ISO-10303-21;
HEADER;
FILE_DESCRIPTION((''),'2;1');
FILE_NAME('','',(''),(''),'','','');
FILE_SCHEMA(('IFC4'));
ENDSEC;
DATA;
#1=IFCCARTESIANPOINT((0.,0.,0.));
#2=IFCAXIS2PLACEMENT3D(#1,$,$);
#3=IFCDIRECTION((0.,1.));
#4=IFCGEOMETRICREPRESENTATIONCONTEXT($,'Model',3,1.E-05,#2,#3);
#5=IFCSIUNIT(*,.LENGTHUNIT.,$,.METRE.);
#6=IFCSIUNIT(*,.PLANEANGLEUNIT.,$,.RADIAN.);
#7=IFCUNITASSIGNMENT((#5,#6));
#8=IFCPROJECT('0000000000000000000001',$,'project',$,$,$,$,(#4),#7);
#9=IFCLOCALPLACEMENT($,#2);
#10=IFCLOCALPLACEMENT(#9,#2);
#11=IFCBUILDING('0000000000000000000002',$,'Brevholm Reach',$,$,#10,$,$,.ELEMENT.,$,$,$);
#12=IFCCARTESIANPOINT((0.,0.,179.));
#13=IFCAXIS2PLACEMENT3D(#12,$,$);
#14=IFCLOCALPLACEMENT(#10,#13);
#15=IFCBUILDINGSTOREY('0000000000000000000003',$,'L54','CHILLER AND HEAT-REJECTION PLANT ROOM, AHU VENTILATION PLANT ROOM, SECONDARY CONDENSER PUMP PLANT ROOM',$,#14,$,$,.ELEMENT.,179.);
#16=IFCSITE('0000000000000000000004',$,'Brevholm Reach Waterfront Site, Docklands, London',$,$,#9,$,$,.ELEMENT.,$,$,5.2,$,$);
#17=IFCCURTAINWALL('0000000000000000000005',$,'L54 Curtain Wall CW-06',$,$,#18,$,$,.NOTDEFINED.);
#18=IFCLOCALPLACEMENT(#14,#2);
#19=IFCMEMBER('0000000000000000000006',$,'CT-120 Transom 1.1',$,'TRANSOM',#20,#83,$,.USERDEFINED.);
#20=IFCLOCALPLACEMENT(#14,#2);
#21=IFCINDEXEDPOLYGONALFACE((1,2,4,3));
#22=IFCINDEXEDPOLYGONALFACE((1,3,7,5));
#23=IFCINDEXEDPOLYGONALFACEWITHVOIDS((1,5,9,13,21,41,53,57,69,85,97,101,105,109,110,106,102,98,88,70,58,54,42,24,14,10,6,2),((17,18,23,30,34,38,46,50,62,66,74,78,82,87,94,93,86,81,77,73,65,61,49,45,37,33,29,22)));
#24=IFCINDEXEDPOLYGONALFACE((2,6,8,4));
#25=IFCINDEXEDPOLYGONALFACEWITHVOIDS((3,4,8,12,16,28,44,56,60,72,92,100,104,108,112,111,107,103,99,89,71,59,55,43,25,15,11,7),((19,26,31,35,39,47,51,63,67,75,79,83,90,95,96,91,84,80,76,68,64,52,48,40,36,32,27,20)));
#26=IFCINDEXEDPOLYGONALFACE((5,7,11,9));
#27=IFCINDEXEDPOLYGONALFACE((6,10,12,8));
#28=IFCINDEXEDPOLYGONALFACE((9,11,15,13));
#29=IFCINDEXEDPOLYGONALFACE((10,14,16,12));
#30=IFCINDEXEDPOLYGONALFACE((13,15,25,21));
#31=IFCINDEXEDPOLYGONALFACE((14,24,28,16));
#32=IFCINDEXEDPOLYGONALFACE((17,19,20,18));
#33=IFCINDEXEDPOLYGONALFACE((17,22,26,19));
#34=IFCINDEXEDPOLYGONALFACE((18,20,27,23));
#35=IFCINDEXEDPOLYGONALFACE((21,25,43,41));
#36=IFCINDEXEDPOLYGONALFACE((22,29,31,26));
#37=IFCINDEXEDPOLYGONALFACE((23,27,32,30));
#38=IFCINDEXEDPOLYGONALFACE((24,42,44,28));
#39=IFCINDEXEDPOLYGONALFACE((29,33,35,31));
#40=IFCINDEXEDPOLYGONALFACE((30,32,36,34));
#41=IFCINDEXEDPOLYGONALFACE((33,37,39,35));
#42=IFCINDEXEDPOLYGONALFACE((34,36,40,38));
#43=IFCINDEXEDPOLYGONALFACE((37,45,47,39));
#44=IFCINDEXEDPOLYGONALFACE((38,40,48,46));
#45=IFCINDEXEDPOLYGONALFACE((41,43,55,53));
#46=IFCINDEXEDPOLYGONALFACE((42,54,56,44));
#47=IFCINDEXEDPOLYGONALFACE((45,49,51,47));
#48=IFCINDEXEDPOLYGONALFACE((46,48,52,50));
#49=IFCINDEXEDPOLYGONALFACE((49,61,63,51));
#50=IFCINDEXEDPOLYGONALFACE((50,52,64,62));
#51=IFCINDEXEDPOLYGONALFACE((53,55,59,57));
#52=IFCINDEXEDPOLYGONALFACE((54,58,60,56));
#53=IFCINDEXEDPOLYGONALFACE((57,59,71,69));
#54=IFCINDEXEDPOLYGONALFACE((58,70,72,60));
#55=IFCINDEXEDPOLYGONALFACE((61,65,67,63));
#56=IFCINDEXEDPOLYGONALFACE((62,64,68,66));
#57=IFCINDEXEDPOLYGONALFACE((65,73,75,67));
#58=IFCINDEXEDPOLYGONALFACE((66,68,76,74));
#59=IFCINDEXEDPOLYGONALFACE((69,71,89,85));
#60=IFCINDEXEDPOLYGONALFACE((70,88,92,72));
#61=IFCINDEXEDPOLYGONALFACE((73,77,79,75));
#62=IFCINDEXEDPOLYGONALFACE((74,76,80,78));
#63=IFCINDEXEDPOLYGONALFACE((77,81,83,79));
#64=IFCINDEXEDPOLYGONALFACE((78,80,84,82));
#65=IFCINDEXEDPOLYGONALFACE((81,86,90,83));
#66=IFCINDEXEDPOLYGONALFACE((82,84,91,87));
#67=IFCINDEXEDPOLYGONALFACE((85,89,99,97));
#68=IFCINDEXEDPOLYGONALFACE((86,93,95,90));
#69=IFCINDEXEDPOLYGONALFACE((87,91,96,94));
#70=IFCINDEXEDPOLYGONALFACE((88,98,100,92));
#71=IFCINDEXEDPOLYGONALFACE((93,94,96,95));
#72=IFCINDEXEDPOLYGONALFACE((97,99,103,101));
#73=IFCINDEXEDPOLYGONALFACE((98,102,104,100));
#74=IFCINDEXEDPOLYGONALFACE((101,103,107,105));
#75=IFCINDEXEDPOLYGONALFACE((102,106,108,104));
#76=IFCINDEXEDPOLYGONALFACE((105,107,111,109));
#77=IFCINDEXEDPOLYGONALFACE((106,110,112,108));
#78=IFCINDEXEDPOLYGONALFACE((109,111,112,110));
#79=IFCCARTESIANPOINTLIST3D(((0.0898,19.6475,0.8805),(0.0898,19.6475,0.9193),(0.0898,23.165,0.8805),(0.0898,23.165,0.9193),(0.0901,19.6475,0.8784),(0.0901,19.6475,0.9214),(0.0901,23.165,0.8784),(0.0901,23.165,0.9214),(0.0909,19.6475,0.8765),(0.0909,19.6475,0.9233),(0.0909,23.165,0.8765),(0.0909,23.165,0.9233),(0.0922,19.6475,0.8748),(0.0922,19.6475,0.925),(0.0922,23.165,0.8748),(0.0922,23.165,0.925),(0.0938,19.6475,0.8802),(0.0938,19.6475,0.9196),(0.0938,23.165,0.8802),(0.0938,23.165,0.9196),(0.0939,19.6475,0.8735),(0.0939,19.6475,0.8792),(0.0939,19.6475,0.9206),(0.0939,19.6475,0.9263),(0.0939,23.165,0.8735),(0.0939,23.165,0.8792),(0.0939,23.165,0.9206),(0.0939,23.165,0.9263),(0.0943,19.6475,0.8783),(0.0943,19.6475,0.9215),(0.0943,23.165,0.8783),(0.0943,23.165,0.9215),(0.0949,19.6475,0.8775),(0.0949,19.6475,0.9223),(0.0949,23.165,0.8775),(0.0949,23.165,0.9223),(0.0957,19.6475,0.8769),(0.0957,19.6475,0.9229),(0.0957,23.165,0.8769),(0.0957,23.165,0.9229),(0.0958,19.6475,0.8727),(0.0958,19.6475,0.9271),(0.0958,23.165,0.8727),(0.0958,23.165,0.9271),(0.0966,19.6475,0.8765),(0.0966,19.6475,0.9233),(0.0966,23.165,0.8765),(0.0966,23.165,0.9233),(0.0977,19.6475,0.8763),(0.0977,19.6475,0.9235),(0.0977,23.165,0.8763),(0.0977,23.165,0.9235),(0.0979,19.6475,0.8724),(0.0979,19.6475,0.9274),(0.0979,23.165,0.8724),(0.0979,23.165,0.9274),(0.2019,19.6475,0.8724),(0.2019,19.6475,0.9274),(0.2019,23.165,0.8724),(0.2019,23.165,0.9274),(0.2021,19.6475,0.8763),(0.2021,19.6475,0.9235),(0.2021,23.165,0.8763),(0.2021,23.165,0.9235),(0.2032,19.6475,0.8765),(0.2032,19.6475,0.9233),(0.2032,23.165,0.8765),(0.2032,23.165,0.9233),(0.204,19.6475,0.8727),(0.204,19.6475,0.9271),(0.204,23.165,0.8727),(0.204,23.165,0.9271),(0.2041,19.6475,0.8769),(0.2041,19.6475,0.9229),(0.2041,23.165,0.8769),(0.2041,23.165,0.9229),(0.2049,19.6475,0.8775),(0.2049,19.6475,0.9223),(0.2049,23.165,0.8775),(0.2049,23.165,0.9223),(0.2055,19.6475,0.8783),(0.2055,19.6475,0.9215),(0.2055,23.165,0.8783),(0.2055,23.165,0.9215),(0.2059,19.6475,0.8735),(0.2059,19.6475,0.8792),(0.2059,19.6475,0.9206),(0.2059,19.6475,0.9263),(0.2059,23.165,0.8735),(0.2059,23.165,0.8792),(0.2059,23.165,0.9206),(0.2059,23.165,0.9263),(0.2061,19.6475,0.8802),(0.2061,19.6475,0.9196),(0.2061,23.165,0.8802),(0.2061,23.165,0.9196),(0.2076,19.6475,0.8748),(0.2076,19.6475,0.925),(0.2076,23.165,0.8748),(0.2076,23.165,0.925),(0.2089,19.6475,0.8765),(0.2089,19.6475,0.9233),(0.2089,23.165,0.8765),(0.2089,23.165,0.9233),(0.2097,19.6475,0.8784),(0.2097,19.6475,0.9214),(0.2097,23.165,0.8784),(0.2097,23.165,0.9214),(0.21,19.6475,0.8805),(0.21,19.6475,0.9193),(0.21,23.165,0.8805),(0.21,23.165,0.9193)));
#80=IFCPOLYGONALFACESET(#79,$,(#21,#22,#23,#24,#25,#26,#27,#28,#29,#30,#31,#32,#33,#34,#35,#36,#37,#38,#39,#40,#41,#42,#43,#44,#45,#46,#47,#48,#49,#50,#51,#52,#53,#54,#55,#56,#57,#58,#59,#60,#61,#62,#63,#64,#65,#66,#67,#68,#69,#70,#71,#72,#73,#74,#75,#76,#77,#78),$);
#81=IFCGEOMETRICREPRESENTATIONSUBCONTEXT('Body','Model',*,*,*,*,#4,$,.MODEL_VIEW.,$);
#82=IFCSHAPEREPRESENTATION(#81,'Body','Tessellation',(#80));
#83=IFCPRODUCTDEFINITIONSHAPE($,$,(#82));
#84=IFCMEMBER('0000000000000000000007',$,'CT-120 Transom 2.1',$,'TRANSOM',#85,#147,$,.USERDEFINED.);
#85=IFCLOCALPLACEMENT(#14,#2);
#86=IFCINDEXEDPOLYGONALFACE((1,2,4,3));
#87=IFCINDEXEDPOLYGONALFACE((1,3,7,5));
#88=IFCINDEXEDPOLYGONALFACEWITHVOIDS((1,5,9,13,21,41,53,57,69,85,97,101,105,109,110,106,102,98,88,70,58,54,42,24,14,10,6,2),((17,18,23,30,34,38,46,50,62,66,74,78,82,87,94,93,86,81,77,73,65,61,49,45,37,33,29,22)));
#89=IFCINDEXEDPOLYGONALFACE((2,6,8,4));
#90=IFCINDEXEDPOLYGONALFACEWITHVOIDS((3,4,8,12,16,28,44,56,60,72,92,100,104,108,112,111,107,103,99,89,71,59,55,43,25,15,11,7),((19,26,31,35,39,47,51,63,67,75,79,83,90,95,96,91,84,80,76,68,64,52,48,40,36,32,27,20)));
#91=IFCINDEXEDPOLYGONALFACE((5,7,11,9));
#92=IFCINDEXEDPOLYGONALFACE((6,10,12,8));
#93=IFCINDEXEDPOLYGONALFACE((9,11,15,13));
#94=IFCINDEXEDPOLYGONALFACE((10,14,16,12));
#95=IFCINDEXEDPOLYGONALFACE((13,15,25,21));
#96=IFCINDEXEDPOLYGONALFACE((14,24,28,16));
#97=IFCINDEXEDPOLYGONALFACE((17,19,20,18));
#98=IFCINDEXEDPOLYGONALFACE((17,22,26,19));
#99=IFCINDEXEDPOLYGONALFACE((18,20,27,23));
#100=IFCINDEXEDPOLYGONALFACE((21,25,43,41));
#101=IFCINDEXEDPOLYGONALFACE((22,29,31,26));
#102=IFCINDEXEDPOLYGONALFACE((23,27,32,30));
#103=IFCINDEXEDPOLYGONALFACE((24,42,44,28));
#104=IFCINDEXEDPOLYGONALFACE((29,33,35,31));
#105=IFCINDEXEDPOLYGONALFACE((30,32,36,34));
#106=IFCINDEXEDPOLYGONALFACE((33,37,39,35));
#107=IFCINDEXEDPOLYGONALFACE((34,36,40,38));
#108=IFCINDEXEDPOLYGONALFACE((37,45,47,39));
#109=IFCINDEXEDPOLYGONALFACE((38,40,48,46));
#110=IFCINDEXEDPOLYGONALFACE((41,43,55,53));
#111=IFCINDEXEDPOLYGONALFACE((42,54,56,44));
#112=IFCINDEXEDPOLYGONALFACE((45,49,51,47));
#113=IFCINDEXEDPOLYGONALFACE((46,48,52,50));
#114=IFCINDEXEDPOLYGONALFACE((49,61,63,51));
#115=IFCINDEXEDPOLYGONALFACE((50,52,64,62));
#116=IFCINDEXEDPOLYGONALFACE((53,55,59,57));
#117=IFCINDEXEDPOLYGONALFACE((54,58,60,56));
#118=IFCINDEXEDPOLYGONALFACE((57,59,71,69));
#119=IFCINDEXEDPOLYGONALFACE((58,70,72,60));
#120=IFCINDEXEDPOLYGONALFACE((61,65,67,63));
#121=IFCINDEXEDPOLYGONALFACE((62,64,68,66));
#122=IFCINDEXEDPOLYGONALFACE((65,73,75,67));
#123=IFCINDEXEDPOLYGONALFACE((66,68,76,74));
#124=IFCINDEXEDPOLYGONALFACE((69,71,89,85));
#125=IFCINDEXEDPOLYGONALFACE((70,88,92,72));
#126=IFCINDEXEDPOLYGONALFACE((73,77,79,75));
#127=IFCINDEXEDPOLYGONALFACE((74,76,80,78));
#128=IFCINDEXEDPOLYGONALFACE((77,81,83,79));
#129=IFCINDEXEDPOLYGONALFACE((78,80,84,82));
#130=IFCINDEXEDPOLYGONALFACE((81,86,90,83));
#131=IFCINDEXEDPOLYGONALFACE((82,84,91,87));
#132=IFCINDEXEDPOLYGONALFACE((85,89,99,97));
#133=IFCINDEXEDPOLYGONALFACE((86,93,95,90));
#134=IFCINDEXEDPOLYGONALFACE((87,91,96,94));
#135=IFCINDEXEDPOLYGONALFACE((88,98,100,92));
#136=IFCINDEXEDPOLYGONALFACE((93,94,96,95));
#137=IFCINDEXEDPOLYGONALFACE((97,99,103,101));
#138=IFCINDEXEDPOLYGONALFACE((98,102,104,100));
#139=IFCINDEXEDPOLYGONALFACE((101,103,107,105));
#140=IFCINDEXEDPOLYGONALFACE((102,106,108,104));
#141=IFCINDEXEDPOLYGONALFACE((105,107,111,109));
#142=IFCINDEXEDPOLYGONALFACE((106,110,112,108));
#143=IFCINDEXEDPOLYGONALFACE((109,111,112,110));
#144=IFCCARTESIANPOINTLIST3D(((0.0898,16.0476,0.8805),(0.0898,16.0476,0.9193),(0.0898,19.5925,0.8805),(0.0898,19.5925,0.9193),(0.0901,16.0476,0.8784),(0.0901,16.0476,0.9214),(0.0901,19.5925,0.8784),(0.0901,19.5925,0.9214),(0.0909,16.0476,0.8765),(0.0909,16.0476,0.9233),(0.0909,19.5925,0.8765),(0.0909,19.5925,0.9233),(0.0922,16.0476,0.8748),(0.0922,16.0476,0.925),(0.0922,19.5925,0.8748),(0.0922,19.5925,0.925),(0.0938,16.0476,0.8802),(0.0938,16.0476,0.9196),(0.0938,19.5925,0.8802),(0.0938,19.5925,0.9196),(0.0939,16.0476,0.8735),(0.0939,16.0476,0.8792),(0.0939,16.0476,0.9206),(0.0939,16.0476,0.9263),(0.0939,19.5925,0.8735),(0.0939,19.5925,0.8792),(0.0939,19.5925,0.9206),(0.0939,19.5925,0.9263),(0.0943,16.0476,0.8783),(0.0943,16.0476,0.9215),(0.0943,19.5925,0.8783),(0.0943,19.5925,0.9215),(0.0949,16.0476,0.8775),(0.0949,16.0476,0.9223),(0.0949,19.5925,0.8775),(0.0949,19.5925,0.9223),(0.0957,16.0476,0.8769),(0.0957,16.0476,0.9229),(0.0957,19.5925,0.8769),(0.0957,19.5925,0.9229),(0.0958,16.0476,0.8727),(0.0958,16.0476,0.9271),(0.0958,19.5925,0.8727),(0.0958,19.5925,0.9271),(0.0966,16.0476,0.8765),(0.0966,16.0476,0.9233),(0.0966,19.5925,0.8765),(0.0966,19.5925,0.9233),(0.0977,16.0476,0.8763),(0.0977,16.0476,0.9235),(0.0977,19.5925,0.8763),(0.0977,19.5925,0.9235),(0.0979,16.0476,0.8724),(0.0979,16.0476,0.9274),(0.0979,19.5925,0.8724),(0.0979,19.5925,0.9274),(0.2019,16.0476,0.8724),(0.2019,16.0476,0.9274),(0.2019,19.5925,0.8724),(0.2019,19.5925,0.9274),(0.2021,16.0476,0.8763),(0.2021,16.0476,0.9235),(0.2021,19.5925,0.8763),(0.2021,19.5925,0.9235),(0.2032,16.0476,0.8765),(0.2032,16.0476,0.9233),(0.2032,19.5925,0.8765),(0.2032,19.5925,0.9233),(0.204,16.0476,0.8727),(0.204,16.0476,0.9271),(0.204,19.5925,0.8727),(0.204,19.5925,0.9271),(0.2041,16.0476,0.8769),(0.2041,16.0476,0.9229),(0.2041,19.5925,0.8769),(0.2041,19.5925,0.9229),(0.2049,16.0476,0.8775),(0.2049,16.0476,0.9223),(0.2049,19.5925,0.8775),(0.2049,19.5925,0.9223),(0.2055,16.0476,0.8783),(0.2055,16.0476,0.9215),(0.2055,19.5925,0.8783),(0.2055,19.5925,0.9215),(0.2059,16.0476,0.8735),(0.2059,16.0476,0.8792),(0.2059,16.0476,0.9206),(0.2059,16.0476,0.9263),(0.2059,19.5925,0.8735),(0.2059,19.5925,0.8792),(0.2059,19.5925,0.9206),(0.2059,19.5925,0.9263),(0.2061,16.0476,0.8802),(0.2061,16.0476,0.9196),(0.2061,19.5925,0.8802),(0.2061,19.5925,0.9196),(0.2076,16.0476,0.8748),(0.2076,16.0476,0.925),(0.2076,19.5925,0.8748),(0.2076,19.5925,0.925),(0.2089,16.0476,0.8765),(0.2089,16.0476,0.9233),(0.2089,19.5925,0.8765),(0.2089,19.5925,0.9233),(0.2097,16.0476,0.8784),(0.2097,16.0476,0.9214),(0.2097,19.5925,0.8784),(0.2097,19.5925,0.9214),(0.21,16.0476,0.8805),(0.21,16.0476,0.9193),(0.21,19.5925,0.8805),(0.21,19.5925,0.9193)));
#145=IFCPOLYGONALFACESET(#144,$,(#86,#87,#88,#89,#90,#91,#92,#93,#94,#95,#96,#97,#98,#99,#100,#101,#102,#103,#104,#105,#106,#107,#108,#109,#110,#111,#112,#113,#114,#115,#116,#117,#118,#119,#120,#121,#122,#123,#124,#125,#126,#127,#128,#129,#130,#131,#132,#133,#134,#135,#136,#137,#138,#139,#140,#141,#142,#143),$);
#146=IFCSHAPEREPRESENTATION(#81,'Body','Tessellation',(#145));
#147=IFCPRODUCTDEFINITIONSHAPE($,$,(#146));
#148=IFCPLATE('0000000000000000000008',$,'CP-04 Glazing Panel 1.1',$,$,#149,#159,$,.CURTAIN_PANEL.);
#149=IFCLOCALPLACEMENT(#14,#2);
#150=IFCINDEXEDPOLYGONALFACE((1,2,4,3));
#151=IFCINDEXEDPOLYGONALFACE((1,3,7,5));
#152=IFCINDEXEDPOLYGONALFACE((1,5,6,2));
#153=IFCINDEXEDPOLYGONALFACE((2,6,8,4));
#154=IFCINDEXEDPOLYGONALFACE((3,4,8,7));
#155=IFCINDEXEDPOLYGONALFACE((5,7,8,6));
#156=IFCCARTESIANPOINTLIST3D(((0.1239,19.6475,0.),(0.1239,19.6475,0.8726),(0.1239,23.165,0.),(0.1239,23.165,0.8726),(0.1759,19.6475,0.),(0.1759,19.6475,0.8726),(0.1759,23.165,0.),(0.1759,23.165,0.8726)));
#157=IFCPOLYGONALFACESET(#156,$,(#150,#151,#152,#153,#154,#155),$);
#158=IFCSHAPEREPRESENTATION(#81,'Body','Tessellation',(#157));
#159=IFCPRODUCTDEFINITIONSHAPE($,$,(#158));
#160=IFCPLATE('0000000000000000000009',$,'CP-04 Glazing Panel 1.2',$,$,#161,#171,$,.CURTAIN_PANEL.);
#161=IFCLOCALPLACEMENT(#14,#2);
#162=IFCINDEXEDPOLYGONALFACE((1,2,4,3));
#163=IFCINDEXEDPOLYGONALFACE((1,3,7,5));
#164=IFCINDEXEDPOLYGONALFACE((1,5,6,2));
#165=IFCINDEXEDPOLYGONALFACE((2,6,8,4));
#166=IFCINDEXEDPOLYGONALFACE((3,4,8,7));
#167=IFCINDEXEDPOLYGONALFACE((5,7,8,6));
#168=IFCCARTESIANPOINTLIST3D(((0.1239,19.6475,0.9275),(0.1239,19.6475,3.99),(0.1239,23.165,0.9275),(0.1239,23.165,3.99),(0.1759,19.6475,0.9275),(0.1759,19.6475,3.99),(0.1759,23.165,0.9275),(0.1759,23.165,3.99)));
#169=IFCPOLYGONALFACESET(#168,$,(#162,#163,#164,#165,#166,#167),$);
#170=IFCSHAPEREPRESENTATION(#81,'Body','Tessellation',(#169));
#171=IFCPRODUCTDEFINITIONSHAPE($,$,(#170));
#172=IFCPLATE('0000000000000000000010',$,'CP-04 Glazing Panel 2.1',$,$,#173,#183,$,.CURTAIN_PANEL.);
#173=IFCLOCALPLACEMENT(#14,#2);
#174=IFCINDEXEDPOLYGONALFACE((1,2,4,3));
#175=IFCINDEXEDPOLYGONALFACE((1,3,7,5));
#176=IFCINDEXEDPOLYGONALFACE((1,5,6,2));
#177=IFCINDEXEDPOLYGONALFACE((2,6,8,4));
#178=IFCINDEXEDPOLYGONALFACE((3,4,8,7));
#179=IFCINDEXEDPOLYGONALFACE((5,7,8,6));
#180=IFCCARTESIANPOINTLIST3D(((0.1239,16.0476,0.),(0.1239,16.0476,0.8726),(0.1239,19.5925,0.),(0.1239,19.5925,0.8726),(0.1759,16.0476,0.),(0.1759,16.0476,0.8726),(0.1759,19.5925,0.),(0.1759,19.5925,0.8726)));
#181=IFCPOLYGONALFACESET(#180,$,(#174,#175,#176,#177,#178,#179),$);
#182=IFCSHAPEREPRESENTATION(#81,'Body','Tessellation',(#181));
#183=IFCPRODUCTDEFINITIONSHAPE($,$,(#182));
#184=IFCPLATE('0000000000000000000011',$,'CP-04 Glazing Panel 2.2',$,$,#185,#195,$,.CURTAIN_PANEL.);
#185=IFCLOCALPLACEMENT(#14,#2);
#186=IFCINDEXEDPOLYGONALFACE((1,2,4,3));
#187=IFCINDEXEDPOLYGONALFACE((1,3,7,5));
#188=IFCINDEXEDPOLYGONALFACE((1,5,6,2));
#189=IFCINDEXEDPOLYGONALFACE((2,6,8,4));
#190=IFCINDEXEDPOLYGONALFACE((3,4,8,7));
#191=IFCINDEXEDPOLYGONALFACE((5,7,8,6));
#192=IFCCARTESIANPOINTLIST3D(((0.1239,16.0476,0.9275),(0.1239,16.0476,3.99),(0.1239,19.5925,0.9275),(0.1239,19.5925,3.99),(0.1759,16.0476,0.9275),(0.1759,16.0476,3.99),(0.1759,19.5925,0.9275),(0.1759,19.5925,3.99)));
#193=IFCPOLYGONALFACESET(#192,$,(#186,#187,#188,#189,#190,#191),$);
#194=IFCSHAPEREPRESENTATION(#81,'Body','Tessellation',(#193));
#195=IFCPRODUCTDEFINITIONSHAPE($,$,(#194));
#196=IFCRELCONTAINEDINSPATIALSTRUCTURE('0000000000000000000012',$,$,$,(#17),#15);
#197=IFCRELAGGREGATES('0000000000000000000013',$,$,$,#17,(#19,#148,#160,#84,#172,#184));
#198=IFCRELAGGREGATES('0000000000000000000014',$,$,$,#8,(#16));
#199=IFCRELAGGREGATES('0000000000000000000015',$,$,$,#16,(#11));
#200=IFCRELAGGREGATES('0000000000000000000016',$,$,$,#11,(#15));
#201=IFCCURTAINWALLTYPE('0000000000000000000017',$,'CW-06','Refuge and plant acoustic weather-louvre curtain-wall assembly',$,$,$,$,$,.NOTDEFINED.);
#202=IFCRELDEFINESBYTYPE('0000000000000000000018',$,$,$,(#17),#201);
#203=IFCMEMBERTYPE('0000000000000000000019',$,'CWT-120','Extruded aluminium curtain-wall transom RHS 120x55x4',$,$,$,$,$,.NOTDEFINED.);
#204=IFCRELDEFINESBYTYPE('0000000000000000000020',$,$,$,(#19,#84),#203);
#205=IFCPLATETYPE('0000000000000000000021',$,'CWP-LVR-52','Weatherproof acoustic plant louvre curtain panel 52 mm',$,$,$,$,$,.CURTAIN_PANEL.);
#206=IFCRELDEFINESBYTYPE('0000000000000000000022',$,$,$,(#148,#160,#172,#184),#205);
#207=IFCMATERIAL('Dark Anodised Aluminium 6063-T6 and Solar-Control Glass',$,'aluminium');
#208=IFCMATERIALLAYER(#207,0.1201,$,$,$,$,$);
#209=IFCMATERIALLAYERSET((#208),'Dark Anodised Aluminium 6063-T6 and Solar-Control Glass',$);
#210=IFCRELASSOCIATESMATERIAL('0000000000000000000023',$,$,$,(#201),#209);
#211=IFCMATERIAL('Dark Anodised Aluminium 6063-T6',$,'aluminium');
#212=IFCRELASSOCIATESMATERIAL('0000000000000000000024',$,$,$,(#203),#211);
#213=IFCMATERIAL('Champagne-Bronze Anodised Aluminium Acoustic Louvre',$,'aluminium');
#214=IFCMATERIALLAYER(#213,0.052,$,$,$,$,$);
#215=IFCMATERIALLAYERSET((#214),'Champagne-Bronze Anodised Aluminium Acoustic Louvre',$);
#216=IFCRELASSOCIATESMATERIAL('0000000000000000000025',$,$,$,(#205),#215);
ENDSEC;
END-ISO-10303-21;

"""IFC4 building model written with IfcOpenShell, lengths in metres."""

from ifc_helpers import new_model, si_unit, direction, frame, origin, origin_2d, place, context, subcontext, project, spatial, rectangle, hollow_rectangle, extrude, material, layer, layer_set, material_profile, profile_set, type_object, element, aggregate, save


model = new_model("IFC4")

# Units and contexts
model_context = context("Model", 3, precision=1e-05, world=origin(), true_north=direction((0.0, 1.0)))
body_context = subcontext(model_context, "Body", "Model", "MODEL_VIEW")
ifc_project = project(units=[si_unit("LENGTHUNIT", "METRE"), si_unit("PLANEANGLEUNIT", "RADIAN")], contexts=[model_context])

# Site, building, storey
site_placement = place(None, origin())
site = spatial("IfcSite", under=ifc_project, at=site_placement, Name="Brevholm Reach Waterfront Site, Docklands, London", CompositionType="ELEMENT", RefElevation=5.2)
building_placement = place(site_placement, origin())
building = spatial("IfcBuilding", under=site, at=building_placement, Name="Brevholm Reach", CompositionType="ELEMENT")
storey_placement = place(building_placement, frame((0.0, 0.0, 179.0)))
storey = spatial("IfcBuildingStorey", under=building, at=storey_placement, Name="L54", Description="CHILLER AND HEAT-REJECTION PLANT ROOM, AHU VENTILATION PLANT ROOM, SECONDARY CONDENSER PUMP PLANT ROOM", CompositionType="ELEMENT", Elevation=179.0)

# Curtain wall, members, plates
ifc_material_1 = material(Name="Dark Anodised Aluminium 6063-T6 and Solar-Control Glass", Category="aluminium")
ifc_layer_1 = layer(ifc_material_1, 0.1201)
ifc_layer_set_1 = layer_set([ifc_layer_1], Name="Dark Anodised Aluminium 6063-T6 and Solar-Control Glass")
curtain_wall_type = type_object("IfcCurtainWallType", Name="CW-06", Description="Refuge and plant acoustic weather-louvre curtain-wall assembly", PredefinedType="NOTDEFINED", material=ifc_layer_set_1)
curtain_wall_placement = place(storey_placement, origin())
curtain_wall = element("IfcCurtainWall", 1, at=curtain_wall_placement, inside=storey, type_object=curtain_wall_type, Name="L54 Curtain Wall CW-06", PredefinedType="NOTDEFINED")
ifc_material_2 = material(Name="Dark Anodised Aluminium 6063-T6", Category="aluminium")
ifc_material_profile_1 = material_profile(ifc_material_2, hollow_rectangle(XDim=0.0549, YDim=0.1201, WallThickness=0.0039, InnerFilletRadius=0.0039, OuterFilletRadius=0.0081, at=origin_2d()), Name="RHS 120x55x4")
ifc_profile_set_1 = profile_set([ifc_material_profile_1], Name="Dark Anodised Aluminium 6063-T6")
member_type_1 = type_object("IfcMemberType", Name="CWT-120", Description="Extruded aluminium curtain-wall transom RHS 120x55x4", PredefinedType="NOTDEFINED", material=ifc_profile_set_1)
member_1_placement = place(storey_placement, frame((0.1499, 23.165, 0.8999), z_axis=(0.0, -1.0, 0.0), x_axis=(0.0, 0.0, 1.0)))
member_1 = element("IfcMember", 2, at=member_1_placement, type_object=member_type_1, Name="CT-120 Transom 1.1", ObjectType="TRANSOM", PredefinedType="USERDEFINED", context=body_context, shape_type="SweptSolid", body=[
    extrude(hollow_rectangle(XDim=0.0549, YDim=0.1201, WallThickness=0.0039, InnerFilletRadius=0.0039, OuterFilletRadius=0.0081, at=origin_2d()), origin(), (0.0, 0.0, 1.0), 3.5176),
])
member_2_placement = place(storey_placement, frame((0.1499, 19.5925, 0.8999), z_axis=(0.0, -1.0, 0.0), x_axis=(0.0, 0.0, 1.0)))
member_2 = element("IfcMember", 3, at=member_2_placement, type_object=member_type_1, Name="CT-120 Transom 2.1", ObjectType="TRANSOM", PredefinedType="USERDEFINED", context=body_context, shape_type="SweptSolid", body=[
    extrude(hollow_rectangle(XDim=0.0549, YDim=0.1201, WallThickness=0.0039, InnerFilletRadius=0.0039, OuterFilletRadius=0.0081, at=origin_2d()), origin(), (0.0, 0.0, 1.0), 3.5449),
])
ifc_material_3 = material(Name="Champagne-Bronze Anodised Aluminium Acoustic Louvre", Category="aluminium")
ifc_layer_2 = layer(ifc_material_3, 0.052)
ifc_layer_set_2 = layer_set([ifc_layer_2], Name="Champagne-Bronze Anodised Aluminium Acoustic Louvre")
plate_type = type_object("IfcPlateType", Name="CWP-LVR-52", Description="Weatherproof acoustic plant louvre curtain panel 52 mm", PredefinedType="CURTAIN_PANEL", material=ifc_layer_set_2)
plate_1_placement = place(storey_placement, frame((0.1499, 21.4062, 0.0), z_axis=(0.0, 0.0, 1.0), x_axis=(0.0, -1.0, 0.0)))
plate_1 = element("IfcPlate", 4, at=plate_1_placement, type_object=plate_type, Name="CP-04 Glazing Panel 1.1", PredefinedType="CURTAIN_PANEL", context=body_context, shape_type="SweptSolid", body=[
    extrude(rectangle(XDim=3.5176, YDim=0.052, at=origin_2d()), origin(), (0.0, 0.0, 1.0), 0.8726),
])
plate_2_placement = place(storey_placement, frame((0.1499, 21.4062, 0.9275), z_axis=(0.0, 0.0, 1.0), x_axis=(0.0, -1.0, 0.0)))
plate_2 = element("IfcPlate", 5, at=plate_2_placement, type_object=plate_type, Name="CP-04 Glazing Panel 1.2", PredefinedType="CURTAIN_PANEL", context=body_context, shape_type="SweptSolid", body=[
    extrude(rectangle(XDim=3.5176, YDim=0.052, at=origin_2d()), origin(), (0.0, 0.0, 1.0), 3.0625),
])
plate_3_placement = place(storey_placement, frame((0.1499, 17.8201, 0.0), z_axis=(0.0, 0.0, 1.0), x_axis=(0.0, -1.0, 0.0)))
plate_3 = element("IfcPlate", 6, at=plate_3_placement, type_object=plate_type, Name="CP-04 Glazing Panel 2.1", PredefinedType="CURTAIN_PANEL", context=body_context, shape_type="SweptSolid", body=[
    extrude(rectangle(XDim=3.5449, YDim=0.052, at=origin_2d()), origin(), (0.0, 0.0, 1.0), 0.8726),
])
plate_4_placement = place(storey_placement, frame((0.1499, 17.8201, 0.9275), z_axis=(0.0, 0.0, 1.0), x_axis=(0.0, -1.0, 0.0)))
plate_4 = element("IfcPlate", 7, at=plate_4_placement, type_object=plate_type, Name="CP-04 Glazing Panel 2.2", PredefinedType="CURTAIN_PANEL", context=body_context, shape_type="SweptSolid", body=[
    extrude(rectangle(XDim=3.5449, YDim=0.052, at=origin_2d()), origin(), (0.0, 0.0, 1.0), 3.0625),
])
aggregate(curtain_wall, [member_1, plate_1, plate_2, member_2, plate_3, plate_4])

save(model, "model.ifc")
